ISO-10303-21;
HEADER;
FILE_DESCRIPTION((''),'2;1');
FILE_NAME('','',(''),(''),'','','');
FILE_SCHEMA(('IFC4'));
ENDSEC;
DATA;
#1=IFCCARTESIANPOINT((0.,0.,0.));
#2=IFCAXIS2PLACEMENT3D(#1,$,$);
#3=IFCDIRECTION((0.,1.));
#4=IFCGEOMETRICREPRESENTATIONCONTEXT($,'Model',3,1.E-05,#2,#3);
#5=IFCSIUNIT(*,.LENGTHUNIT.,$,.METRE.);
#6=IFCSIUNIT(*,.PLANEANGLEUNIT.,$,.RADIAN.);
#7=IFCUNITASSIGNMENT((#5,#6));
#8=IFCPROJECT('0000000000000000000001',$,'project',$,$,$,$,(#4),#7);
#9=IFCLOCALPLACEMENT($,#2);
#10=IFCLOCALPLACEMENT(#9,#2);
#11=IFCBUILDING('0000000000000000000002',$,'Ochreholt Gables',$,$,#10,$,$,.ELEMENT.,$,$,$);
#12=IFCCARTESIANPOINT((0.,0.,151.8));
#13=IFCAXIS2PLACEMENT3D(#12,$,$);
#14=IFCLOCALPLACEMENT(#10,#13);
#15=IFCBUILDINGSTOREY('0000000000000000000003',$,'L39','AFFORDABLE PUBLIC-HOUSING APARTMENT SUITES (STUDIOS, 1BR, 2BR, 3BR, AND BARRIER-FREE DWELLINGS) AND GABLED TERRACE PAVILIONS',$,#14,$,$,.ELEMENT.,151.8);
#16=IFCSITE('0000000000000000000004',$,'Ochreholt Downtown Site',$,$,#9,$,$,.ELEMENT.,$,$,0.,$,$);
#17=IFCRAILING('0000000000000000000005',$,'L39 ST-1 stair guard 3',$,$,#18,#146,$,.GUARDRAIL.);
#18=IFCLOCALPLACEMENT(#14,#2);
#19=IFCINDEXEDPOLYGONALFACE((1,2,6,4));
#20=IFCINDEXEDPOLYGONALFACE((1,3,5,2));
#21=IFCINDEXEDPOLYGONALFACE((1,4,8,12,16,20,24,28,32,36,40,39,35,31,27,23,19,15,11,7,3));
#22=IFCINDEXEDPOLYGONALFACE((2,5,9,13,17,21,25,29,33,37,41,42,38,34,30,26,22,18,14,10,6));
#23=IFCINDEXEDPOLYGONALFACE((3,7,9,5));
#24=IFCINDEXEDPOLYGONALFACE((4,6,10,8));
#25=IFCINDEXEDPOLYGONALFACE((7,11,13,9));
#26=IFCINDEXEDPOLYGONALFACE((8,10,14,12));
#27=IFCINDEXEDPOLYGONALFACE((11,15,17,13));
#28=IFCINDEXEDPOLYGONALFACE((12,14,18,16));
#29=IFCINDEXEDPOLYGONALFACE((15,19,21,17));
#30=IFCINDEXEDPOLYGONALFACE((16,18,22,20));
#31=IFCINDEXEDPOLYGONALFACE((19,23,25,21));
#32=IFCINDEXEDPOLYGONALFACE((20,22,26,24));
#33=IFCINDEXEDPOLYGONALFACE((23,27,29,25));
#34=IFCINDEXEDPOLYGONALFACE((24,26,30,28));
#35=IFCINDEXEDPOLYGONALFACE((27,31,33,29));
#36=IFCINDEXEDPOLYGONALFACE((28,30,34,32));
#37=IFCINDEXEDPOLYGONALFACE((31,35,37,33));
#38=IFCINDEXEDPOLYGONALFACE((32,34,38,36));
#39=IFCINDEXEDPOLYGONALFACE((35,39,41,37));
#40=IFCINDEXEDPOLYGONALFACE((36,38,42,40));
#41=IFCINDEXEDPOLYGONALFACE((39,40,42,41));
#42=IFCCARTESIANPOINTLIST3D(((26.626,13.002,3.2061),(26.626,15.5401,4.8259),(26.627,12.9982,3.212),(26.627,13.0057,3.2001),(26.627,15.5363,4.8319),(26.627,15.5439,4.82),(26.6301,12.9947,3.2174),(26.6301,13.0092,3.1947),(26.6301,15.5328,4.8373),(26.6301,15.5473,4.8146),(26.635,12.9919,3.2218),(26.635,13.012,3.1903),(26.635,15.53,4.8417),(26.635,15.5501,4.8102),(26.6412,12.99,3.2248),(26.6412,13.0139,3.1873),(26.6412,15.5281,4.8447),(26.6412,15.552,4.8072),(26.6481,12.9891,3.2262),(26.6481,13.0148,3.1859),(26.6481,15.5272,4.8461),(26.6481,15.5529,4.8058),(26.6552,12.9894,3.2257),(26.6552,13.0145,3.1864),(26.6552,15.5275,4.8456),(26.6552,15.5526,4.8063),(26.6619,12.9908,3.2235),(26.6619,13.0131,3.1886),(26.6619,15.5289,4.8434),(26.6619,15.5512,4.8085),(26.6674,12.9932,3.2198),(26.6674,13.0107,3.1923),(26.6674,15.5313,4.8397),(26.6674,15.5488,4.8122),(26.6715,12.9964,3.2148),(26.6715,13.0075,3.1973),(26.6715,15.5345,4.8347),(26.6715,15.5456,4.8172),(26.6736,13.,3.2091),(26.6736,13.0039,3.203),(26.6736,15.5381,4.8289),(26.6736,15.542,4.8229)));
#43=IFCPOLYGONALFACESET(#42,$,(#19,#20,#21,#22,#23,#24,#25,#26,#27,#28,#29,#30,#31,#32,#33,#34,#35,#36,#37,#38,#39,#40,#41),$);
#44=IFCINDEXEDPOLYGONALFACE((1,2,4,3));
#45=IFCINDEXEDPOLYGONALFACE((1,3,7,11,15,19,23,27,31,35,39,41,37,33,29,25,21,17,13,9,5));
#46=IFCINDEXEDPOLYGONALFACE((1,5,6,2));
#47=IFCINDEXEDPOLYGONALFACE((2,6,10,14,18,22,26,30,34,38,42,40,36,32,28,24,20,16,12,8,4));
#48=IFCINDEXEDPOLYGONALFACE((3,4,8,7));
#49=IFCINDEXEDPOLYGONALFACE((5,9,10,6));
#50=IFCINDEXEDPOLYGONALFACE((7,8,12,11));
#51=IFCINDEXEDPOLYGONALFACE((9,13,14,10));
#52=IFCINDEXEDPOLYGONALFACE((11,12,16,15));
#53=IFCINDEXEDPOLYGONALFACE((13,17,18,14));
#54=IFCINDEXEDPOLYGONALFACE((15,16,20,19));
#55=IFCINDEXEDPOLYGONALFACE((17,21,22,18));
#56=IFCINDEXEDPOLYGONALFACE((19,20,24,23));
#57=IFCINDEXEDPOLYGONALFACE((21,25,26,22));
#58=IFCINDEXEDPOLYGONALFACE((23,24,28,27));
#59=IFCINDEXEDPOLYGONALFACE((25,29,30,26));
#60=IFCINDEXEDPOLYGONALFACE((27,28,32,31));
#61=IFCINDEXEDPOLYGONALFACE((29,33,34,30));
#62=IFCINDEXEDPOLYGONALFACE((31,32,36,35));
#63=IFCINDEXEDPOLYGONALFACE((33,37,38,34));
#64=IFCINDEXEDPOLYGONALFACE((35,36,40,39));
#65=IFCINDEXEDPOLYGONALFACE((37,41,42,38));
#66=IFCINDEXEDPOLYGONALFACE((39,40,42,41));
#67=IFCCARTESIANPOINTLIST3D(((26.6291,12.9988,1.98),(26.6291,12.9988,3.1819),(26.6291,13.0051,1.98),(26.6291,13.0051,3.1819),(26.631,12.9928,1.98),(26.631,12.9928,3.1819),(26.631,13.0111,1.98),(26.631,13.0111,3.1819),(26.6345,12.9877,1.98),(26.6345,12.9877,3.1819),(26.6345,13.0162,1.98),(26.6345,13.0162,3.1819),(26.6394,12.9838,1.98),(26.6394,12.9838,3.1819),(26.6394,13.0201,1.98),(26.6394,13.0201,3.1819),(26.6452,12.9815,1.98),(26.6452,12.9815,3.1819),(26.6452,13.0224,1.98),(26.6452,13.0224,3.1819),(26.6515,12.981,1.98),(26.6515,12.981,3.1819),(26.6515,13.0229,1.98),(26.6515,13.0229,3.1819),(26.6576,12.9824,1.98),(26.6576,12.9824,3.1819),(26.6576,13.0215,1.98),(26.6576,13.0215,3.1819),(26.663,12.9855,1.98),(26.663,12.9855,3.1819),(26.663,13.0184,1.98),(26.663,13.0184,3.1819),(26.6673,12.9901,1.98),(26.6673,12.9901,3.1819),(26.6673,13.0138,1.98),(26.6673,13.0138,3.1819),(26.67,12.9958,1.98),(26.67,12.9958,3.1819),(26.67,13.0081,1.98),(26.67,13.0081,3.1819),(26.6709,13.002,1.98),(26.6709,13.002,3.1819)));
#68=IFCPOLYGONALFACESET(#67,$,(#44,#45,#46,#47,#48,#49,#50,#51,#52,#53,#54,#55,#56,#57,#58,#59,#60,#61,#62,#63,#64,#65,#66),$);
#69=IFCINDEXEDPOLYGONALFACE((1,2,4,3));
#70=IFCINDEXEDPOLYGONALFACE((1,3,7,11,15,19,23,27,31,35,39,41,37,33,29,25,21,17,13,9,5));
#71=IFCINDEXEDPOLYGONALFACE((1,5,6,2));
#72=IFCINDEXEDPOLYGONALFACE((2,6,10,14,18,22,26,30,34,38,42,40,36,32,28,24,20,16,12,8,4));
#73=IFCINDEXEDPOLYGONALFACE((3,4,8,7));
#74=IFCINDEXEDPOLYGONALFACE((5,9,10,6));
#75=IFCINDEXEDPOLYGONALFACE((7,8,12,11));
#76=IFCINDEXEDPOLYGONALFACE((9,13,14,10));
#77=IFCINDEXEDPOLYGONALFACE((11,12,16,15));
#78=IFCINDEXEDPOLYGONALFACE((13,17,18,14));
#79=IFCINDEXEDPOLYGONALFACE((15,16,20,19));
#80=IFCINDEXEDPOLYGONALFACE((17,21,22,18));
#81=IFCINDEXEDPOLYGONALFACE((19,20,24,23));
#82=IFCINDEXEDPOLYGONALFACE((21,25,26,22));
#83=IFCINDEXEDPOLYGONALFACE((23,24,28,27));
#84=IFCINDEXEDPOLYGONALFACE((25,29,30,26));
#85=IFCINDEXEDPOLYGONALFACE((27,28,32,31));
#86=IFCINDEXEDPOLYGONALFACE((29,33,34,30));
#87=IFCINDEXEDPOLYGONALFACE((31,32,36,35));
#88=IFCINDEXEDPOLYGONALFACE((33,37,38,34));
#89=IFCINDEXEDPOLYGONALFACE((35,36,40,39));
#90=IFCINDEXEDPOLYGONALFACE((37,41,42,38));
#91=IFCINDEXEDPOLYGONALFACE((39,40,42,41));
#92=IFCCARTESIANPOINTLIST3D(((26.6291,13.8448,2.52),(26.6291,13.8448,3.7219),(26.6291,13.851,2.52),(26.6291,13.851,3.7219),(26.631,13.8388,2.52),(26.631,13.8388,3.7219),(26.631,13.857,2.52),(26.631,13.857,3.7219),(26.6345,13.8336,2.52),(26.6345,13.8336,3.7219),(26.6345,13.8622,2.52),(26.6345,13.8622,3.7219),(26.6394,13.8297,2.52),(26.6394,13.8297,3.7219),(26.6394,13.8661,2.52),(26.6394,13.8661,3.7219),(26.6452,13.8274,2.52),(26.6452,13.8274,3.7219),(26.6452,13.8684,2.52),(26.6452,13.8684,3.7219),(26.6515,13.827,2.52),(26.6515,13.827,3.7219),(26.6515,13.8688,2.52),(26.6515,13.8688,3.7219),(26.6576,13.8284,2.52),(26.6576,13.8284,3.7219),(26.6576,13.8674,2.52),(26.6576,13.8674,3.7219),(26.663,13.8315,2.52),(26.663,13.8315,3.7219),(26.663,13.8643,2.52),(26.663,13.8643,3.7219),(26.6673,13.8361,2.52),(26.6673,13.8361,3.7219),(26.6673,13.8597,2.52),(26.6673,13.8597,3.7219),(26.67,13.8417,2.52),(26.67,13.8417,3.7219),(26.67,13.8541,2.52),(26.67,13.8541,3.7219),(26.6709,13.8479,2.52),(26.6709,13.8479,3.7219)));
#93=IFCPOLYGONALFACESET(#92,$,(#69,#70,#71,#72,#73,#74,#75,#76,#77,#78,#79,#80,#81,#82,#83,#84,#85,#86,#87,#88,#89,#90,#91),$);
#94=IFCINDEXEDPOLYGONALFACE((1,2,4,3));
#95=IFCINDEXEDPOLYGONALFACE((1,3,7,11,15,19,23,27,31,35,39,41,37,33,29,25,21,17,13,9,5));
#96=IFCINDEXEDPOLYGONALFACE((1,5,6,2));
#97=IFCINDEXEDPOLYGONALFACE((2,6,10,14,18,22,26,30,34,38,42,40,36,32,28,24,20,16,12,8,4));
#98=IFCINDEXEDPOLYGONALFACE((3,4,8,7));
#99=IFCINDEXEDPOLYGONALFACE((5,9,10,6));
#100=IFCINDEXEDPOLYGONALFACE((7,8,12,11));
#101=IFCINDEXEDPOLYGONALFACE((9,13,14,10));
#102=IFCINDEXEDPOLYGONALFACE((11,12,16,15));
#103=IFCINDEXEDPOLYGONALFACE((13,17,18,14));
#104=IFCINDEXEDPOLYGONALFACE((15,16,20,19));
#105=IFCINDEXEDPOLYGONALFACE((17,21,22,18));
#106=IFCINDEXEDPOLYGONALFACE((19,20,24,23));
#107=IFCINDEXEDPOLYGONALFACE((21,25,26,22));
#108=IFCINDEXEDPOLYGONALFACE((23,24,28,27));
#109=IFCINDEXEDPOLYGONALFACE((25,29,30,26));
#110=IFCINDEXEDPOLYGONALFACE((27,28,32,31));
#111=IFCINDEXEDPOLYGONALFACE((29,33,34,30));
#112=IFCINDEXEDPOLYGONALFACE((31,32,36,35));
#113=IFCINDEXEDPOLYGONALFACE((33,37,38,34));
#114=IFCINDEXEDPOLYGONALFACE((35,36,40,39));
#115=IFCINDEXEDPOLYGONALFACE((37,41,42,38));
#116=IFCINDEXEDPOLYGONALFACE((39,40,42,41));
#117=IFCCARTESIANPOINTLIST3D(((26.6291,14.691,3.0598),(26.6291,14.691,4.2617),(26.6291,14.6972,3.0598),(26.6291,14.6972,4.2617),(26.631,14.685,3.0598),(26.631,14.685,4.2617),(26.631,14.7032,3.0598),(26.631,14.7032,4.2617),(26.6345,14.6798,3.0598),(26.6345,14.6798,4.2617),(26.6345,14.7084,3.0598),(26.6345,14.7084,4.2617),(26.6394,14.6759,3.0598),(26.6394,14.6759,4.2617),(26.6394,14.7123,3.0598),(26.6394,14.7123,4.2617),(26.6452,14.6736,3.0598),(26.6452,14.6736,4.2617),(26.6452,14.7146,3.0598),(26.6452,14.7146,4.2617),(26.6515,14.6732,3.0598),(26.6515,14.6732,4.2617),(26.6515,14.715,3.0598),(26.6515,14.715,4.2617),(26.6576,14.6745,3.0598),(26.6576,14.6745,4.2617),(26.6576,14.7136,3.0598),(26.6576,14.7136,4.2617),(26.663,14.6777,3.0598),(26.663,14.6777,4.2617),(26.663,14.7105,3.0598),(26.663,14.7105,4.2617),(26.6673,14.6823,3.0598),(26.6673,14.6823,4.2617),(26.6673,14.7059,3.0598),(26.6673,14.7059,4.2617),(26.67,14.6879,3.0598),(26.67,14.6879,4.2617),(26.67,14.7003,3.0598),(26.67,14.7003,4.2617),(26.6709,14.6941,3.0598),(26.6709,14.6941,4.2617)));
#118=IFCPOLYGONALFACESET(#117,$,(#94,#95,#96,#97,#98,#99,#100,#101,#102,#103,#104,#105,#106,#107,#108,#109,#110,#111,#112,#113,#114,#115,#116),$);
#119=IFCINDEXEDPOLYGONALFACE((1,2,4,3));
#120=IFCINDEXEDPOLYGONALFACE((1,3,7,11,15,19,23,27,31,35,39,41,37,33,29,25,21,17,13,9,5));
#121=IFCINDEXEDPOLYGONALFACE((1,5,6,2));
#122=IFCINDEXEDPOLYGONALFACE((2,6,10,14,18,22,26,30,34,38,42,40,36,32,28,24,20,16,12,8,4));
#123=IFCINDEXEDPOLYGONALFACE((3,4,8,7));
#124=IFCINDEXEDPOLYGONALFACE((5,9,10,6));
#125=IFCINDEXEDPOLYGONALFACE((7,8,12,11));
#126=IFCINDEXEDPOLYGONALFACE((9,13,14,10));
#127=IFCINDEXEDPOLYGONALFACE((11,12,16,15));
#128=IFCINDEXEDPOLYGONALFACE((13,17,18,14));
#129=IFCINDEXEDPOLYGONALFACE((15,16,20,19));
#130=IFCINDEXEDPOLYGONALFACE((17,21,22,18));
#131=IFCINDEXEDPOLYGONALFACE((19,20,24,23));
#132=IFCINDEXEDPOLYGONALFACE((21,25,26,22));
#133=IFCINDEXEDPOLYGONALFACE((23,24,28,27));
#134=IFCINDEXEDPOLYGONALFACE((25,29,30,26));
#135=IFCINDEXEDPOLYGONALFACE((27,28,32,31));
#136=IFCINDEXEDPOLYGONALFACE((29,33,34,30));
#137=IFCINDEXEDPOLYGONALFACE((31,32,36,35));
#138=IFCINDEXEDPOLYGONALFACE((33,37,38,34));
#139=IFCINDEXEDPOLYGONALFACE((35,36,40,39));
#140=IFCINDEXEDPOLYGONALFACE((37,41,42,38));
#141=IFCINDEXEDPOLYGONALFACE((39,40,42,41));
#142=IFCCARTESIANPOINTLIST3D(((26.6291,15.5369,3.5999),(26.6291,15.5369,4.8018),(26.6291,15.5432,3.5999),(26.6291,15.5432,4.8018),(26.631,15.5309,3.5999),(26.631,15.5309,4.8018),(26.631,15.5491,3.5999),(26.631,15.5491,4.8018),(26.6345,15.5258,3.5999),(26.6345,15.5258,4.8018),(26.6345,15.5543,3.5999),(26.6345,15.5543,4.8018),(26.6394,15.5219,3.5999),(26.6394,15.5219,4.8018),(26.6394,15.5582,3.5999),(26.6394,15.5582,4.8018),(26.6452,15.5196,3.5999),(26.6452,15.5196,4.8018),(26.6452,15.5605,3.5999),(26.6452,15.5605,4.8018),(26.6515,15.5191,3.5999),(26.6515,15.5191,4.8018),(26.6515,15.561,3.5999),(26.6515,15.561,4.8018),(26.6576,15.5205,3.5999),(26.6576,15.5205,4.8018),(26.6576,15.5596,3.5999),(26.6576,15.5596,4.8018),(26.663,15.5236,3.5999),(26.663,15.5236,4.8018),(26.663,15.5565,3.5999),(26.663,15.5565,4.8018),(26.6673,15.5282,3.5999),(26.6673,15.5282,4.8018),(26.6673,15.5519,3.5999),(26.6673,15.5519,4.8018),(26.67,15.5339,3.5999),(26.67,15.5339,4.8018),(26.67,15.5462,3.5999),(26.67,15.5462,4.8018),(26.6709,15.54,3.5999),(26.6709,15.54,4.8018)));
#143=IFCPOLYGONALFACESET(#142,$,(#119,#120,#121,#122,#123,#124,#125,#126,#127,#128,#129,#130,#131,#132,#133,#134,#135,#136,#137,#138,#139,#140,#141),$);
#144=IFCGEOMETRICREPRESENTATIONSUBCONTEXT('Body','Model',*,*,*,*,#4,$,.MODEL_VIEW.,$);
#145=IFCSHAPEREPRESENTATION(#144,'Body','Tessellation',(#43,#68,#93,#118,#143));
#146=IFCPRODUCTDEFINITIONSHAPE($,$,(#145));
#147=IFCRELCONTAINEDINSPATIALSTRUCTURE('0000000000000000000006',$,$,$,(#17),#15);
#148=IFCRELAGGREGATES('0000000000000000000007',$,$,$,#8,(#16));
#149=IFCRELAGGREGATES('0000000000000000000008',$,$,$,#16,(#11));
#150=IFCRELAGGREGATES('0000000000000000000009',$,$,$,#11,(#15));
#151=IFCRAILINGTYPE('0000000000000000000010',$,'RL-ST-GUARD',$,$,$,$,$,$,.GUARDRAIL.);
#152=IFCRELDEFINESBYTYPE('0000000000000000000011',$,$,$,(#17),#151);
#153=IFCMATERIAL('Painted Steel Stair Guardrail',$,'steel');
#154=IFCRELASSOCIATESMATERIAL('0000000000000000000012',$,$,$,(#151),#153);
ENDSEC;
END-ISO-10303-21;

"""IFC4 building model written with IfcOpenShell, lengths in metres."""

from ifc_helpers import new_model, si_unit, direction, frame, origin, origin_2d, place, context, subcontext, project, spatial, circle, extrude, material, type_object, element, save


model = new_model("IFC4")

# Units and contexts
model_context = context("Model", 3, precision=1e-05, world=origin(), true_north=direction((0.0, 1.0)))
body_context = subcontext(model_context, "Body", "Model", "MODEL_VIEW")
ifc_project = project(units=[si_unit("LENGTHUNIT", "METRE"), si_unit("PLANEANGLEUNIT", "RADIAN")], contexts=[model_context])

# Site, building, storey
site_placement = place(None, origin())
site = spatial("IfcSite", under=ifc_project, at=site_placement, Name="Ochreholt Downtown Site", CompositionType="ELEMENT", RefElevation=0.0)
building_placement = place(site_placement, origin())
building = spatial("IfcBuilding", under=site, at=building_placement, Name="Ochreholt Gables", CompositionType="ELEMENT")
storey_placement = place(building_placement, frame((0.0, 0.0, 151.8)))
storey = spatial("IfcBuildingStorey", under=building, at=storey_placement, Name="L39", Description="AFFORDABLE PUBLIC-HOUSING APARTMENT SUITES (STUDIOS, 1BR, 2BR, 3BR, AND BARRIER-FREE DWELLINGS) AND GABLED TERRACE PAVILIONS", CompositionType="ELEMENT", Elevation=151.8)

# Railing
ifc_material_1 = material(Name="Painted Steel Stair Guardrail", Category="steel")
railing_type_1 = type_object("IfcRailingType", Name="RL-ST-GUARD", PredefinedType="GUARDRAIL", material=ifc_material_1)
railing_1_placement = place(storey_placement, frame((26.6499, 13.002, 1.98)))
element("IfcRailing", 1, at=railing_1_placement, inside=storey, type_object=railing_type_1, Name="L39 ST-1 stair guard 3", PredefinedType="GUARDRAIL", context=body_context, shape_type="SweptSolid", body=[
    extrude(circle(Radius=0.0239, at=origin_2d()), frame((0.0, 0.0, 1.2261), z_axis=(0.0, 0.84295, 0.537993), x_axis=(-1.0, 0.0, 0.0)), (0.0, 0.0, 1.0), 3.011),
    extrude(circle(Radius=0.021, at=origin_2d()), origin(), (0.0, 0.0, 1.0), 1.2019),
    extrude(circle(Radius=0.021, at=origin_2d()), frame((0.0, 0.8459, 0.54)), (0.0, 0.0, 1.0), 1.2019),
    extrude(circle(Radius=0.021, at=origin_2d()), frame((0.0, 1.6921, 1.0798)), (0.0, 0.0, 1.0), 1.2019),
    extrude(circle(Radius=0.021, at=origin_2d()), frame((0.0, 2.5381, 1.6199)), (0.0, 0.0, 1.0), 1.2019),
])

save(model, "model.ifc")
